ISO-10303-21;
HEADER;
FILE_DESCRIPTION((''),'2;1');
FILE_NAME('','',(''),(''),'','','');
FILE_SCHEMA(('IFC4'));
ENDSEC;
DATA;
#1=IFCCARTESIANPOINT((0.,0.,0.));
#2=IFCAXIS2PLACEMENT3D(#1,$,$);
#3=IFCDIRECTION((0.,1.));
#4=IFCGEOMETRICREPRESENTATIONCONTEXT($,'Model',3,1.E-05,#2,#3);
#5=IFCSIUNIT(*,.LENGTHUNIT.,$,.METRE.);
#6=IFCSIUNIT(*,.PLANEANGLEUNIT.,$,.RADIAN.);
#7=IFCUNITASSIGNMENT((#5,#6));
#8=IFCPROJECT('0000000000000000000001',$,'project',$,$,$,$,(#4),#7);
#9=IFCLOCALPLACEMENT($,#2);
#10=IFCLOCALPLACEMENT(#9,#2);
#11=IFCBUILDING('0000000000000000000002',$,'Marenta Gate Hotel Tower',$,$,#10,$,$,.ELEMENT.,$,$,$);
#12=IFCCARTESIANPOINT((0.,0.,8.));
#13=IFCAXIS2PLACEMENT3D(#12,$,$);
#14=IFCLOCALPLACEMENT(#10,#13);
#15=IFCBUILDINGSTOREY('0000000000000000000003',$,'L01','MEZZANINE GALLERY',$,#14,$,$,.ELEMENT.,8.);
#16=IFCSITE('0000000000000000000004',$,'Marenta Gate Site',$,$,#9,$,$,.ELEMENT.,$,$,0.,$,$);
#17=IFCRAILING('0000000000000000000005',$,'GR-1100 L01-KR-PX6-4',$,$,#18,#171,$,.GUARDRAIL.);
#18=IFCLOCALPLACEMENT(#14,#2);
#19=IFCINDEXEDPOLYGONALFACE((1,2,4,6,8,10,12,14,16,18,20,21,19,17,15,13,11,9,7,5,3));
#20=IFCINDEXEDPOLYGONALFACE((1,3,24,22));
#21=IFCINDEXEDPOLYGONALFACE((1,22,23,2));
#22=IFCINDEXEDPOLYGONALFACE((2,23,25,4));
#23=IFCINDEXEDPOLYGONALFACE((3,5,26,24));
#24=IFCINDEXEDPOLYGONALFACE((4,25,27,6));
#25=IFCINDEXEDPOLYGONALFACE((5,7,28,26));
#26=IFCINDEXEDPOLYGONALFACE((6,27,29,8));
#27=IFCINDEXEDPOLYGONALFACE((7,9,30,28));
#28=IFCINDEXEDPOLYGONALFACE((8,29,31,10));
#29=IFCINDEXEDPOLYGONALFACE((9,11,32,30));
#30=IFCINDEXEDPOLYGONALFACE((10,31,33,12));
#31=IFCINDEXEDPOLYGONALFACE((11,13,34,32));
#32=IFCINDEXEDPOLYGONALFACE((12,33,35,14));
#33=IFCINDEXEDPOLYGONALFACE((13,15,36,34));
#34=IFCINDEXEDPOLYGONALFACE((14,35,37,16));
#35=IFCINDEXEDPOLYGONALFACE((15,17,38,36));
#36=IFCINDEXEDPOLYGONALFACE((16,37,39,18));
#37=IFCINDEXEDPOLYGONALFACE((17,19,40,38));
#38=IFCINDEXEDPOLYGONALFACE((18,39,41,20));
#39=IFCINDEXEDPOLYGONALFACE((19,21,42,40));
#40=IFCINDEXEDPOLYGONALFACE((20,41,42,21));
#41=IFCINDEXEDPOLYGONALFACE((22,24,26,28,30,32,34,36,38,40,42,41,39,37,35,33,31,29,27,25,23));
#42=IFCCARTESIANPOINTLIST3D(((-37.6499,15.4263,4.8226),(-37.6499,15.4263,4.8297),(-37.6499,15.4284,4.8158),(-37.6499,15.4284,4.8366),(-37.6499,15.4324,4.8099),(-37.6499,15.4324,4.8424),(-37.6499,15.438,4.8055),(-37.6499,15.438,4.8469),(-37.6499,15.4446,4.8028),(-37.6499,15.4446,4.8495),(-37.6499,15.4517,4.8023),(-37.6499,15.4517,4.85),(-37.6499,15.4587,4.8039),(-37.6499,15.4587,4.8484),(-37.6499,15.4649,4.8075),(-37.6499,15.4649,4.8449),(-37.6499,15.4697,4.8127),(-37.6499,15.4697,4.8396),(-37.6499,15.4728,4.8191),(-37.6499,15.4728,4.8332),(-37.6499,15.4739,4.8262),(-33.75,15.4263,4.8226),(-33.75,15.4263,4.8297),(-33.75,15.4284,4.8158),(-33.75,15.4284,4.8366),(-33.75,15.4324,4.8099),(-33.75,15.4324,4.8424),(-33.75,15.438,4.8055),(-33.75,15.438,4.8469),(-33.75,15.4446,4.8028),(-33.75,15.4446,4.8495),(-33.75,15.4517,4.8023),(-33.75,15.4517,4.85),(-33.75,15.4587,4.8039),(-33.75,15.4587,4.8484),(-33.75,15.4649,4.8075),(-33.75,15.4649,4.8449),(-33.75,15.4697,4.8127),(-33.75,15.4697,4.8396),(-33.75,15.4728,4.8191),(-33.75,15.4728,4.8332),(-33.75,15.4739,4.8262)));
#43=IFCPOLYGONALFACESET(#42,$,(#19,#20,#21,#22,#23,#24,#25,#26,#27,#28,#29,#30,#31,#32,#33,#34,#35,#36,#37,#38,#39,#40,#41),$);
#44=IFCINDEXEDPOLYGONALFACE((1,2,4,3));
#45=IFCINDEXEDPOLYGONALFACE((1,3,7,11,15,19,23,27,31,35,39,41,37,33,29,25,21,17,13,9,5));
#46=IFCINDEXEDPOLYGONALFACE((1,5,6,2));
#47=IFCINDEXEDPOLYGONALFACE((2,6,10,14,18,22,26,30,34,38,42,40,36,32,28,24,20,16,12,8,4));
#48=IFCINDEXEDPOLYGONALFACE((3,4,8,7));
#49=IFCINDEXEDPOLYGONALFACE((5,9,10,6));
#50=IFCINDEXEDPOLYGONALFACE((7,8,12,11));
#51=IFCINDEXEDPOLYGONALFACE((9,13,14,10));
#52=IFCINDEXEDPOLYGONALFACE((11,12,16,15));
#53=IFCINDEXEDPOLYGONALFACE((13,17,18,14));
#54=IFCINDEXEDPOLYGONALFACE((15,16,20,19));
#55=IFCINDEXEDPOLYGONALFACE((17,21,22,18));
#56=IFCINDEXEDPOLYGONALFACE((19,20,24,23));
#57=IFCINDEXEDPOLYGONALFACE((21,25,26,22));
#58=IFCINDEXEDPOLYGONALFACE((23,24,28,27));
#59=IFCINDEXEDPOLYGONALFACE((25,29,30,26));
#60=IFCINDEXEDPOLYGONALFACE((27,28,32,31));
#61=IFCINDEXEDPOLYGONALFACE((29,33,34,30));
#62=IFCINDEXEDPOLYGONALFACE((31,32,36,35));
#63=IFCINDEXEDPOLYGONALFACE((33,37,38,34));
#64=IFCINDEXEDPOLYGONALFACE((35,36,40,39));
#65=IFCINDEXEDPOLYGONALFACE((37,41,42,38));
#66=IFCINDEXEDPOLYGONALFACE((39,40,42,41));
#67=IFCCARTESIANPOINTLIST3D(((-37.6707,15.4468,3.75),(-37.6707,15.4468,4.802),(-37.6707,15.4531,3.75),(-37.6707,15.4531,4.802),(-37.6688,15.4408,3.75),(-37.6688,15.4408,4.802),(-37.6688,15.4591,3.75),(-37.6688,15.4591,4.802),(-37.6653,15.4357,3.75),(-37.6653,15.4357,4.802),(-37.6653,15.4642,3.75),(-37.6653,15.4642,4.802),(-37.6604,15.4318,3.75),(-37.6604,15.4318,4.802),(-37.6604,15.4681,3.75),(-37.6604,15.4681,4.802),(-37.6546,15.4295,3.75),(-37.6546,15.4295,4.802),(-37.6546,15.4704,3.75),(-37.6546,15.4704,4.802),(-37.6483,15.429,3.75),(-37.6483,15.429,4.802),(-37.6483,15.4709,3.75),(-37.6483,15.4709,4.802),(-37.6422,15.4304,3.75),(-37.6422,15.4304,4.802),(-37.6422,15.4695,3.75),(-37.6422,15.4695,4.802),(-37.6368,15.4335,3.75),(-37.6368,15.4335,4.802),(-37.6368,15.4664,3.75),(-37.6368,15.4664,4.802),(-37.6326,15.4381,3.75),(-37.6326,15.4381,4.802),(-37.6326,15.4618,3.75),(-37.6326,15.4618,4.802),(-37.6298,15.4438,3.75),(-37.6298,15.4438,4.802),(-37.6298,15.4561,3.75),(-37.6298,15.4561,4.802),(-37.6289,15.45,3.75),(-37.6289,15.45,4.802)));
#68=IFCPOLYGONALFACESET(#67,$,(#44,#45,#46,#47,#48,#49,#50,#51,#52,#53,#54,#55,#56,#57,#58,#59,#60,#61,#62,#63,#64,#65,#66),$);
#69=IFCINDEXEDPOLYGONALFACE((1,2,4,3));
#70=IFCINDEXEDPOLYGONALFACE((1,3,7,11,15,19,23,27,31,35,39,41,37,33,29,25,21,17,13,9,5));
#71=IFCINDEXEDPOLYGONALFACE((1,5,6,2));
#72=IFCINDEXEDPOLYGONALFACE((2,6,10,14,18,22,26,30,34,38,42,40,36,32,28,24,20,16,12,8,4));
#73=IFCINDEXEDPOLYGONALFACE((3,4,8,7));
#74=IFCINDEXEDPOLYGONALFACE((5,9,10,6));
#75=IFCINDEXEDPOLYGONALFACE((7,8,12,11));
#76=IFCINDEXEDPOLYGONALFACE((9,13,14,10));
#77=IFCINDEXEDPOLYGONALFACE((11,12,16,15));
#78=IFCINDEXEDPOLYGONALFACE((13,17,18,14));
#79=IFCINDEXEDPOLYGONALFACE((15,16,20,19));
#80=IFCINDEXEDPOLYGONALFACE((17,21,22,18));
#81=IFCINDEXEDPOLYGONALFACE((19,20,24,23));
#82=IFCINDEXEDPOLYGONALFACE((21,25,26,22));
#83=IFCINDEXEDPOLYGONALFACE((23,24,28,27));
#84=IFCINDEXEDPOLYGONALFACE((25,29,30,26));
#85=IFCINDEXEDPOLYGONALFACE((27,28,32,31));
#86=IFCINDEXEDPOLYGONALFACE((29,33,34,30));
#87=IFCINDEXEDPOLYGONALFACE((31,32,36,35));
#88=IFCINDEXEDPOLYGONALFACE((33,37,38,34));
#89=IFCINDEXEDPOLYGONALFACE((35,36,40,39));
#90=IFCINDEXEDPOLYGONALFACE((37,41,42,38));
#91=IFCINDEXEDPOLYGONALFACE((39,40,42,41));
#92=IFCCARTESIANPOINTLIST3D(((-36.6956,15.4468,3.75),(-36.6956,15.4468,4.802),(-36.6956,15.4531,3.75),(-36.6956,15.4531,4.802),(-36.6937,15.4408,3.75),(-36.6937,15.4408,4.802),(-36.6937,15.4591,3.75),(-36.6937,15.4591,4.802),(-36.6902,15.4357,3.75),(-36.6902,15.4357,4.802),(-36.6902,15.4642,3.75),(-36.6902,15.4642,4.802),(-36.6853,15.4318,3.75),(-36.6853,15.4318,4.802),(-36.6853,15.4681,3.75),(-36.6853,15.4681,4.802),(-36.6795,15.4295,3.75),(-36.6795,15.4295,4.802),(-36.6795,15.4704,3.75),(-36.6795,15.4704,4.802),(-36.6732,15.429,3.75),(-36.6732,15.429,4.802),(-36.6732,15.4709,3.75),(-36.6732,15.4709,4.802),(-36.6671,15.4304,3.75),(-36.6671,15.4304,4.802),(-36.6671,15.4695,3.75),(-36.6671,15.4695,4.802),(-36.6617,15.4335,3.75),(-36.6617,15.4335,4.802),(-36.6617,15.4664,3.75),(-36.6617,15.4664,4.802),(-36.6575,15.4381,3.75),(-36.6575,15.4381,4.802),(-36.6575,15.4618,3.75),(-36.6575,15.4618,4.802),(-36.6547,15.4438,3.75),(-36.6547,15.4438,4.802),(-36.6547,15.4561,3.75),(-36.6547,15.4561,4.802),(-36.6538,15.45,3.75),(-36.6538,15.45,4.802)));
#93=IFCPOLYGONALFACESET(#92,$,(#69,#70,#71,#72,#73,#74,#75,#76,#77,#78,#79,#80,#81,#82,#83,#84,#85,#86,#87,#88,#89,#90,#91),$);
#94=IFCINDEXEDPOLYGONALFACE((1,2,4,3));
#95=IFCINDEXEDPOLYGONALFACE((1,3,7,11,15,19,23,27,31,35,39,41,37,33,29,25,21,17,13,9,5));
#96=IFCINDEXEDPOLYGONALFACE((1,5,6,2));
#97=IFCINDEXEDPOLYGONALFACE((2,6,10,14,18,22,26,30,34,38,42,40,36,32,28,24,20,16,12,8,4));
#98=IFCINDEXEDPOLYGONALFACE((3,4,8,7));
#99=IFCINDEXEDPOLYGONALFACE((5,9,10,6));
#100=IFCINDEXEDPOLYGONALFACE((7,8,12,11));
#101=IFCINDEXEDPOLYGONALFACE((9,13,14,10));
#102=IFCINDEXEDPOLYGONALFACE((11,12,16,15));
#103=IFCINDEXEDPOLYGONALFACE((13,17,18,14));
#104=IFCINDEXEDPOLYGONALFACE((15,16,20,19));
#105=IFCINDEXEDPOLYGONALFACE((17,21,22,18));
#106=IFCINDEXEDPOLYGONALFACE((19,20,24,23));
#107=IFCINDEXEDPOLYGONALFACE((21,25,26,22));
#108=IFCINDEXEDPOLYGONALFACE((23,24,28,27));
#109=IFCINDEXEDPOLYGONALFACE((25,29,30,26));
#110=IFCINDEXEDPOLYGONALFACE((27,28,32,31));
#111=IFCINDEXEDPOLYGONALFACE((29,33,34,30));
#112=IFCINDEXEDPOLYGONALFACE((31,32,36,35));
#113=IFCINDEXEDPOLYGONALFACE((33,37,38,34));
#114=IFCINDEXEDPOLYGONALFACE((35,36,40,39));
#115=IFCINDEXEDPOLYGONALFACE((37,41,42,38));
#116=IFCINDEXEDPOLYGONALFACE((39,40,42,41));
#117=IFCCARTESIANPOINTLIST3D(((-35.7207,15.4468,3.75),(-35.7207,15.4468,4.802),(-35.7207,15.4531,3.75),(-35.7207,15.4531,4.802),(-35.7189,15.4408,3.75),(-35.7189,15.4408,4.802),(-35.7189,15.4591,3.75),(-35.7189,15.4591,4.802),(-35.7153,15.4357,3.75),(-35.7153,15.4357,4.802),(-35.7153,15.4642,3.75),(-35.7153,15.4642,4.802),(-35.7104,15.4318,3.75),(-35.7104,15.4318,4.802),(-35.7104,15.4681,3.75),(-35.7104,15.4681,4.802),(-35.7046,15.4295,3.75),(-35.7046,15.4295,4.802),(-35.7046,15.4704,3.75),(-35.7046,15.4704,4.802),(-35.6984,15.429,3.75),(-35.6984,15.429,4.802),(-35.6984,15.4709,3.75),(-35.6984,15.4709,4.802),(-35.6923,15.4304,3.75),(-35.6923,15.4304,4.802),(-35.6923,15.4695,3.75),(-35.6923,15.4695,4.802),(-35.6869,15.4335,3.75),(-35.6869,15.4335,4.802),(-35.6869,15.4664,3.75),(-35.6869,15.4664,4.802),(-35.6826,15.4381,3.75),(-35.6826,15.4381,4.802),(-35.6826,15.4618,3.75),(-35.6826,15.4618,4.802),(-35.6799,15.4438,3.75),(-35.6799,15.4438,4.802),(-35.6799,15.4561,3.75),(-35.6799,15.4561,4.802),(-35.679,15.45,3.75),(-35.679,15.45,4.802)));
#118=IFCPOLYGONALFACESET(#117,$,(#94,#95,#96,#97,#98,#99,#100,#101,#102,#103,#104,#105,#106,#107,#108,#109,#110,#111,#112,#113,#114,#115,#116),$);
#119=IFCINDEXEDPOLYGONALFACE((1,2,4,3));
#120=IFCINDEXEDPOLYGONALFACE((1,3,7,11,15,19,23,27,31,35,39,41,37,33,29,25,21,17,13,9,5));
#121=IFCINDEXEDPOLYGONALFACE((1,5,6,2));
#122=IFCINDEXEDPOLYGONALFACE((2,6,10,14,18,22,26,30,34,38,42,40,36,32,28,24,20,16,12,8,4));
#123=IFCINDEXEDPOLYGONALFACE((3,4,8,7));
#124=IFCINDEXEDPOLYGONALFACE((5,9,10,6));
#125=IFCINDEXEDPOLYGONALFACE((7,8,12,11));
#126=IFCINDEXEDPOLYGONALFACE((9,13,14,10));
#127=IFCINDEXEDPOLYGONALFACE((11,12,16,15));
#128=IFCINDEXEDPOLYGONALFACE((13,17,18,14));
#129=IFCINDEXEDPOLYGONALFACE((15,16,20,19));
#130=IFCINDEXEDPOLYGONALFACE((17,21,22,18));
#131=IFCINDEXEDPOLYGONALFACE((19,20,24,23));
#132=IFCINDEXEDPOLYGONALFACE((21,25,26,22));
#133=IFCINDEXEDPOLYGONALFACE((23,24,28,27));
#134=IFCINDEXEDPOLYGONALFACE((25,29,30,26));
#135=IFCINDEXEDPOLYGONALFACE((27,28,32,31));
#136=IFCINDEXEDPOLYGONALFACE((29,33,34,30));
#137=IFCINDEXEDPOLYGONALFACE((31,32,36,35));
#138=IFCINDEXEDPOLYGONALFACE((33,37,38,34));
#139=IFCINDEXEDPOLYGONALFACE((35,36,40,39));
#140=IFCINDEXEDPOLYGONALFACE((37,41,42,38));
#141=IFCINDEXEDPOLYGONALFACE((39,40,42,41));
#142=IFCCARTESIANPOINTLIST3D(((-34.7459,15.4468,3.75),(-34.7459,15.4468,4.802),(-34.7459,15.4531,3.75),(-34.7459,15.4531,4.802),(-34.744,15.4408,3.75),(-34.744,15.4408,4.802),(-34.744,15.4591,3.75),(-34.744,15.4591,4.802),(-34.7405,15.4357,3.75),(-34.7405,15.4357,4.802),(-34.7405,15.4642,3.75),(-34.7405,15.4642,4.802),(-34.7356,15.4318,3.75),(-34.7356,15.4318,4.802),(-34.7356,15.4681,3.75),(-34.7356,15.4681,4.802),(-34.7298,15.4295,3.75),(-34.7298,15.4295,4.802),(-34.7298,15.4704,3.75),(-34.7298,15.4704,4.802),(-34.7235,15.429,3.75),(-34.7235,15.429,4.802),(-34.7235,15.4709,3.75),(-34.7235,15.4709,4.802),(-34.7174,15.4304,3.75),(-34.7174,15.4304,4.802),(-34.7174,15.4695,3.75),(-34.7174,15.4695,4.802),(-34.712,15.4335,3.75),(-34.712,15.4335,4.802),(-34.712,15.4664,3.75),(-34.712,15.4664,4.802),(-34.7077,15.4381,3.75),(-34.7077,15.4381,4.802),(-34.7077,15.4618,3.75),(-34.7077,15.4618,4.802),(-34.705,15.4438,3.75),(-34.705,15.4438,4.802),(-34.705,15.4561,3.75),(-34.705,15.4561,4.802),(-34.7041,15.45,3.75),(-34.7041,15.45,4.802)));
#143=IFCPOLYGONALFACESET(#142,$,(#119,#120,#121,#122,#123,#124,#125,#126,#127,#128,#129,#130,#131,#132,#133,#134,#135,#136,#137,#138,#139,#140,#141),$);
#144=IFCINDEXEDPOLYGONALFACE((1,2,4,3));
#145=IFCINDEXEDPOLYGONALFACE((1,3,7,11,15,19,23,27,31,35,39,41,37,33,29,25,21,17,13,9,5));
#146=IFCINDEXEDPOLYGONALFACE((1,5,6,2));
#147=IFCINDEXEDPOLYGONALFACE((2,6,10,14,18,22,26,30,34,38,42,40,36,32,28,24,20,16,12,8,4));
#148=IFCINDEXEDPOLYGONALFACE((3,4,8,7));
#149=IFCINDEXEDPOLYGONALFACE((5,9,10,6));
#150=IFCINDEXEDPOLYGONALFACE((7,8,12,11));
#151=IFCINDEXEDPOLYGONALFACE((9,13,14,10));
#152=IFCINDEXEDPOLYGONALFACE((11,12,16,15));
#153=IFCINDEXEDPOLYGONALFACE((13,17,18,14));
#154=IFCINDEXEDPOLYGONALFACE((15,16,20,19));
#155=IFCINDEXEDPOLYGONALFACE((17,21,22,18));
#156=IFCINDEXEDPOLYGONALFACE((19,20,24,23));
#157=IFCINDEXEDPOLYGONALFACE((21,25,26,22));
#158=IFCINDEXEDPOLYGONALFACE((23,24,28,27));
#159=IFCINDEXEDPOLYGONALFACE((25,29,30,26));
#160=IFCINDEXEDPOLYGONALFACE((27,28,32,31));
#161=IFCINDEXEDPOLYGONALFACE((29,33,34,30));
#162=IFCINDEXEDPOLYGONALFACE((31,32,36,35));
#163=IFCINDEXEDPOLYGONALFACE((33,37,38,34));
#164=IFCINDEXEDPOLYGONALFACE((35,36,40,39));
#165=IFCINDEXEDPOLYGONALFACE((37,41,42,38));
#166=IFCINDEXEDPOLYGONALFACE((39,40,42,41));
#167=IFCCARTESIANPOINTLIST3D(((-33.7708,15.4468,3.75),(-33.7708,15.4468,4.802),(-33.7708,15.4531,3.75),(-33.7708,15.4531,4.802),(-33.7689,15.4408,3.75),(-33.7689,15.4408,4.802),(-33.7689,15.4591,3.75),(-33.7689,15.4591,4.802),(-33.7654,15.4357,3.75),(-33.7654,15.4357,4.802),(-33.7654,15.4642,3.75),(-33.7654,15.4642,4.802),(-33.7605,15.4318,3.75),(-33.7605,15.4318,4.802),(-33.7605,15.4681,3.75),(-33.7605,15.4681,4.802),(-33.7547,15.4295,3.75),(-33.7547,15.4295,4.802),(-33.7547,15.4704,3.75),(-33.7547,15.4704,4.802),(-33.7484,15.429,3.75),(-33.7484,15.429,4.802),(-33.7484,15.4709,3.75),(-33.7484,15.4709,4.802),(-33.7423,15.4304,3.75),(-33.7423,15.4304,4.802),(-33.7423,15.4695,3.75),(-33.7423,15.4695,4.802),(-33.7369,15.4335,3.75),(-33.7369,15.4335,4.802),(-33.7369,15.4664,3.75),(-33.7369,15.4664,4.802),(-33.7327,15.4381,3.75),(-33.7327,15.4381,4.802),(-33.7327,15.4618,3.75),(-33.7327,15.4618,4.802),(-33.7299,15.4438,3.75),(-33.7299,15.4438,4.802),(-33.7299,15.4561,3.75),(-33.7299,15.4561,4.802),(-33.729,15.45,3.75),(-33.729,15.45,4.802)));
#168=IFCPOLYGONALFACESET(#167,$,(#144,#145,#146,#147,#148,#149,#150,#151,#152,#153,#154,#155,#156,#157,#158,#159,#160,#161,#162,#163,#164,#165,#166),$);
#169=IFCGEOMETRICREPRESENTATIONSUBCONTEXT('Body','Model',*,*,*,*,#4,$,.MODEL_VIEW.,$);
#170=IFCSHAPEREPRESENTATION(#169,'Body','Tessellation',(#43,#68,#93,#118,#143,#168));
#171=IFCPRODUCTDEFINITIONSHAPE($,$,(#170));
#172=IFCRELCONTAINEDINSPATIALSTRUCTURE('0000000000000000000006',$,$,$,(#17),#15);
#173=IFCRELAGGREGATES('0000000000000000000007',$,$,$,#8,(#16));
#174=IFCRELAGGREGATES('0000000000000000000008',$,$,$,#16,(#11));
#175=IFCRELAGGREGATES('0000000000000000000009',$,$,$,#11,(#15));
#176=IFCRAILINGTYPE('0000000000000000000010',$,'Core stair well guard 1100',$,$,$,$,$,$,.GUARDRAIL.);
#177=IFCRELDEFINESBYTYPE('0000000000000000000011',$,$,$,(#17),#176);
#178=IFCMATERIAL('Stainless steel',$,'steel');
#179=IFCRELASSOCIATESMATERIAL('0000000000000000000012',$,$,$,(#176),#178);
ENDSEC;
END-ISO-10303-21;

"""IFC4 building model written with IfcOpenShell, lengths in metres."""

from ifc_helpers import new_model, si_unit, direction, frame, origin, origin_2d, place, context, subcontext, project, spatial, circle, extrude, material, type_object, element, save


model = new_model("IFC4")

# Units and contexts
model_context = context("Model", 3, precision=1e-05, world=origin(), true_north=direction((0.0, 1.0)))
body_context = subcontext(model_context, "Body", "Model", "MODEL_VIEW")
ifc_project = project(units=[si_unit("LENGTHUNIT", "METRE"), si_unit("PLANEANGLEUNIT", "RADIAN")], contexts=[model_context])

# Site, building, storey
site_placement = place(None, origin())
site = spatial("IfcSite", under=ifc_project, at=site_placement, Name="Marenta Gate Site", CompositionType="ELEMENT", RefElevation=0.0)
building_placement = place(site_placement, origin())
building = spatial("IfcBuilding", under=site, at=building_placement, Name="Marenta Gate Hotel Tower", CompositionType="ELEMENT")
storey_placement = place(building_placement, frame((0.0, 0.0, 8.0)))
storey = spatial("IfcBuildingStorey", under=building, at=storey_placement, Name="L01", Description="MEZZANINE GALLERY", CompositionType="ELEMENT", Elevation=8.0)

# Railing
ifc_material_1 = material(Name="Stainless steel", Category="steel")
railing_type_1 = type_object("IfcRailingType", Name="Core stair well guard 1100", PredefinedType="GUARDRAIL", material=ifc_material_1)
for number, where, name in (
    (1, (-37.6499, 15.45, 3.75), "GR-1100 L01-KR-PX6-4"),
):
    element("IfcRailing", number, at=place(storey_placement, frame(where)), inside=storey, type_object=railing_type_1, Name=name, PredefinedType="GUARDRAIL", context=body_context, shape_type="SweptSolid", body=[
        extrude(circle(Radius=0.0239, at=origin_2d()), frame((0.0, 0.0, 1.0762), z_axis=(1.0, 0.0, 0.0), x_axis=(0.0, 1.0, 0.0)), (0.0, 0.0, 1.0), 3.8999),
        extrude(circle(Radius=0.021, at=origin_2d()), origin(), (0.0, 0.0, 1.0), 1.052),
        extrude(circle(Radius=0.021, at=origin_2d()), frame((0.9751, 0.0, 0.0)), (0.0, 0.0, 1.0), 1.052),
        extrude(circle(Radius=0.021, at=origin_2d()), frame((1.95, 0.0, 0.0)), (0.0, 0.0, 1.0), 1.052),
        extrude(circle(Radius=0.021, at=origin_2d()), frame((2.9248, 0.0, 0.0)), (0.0, 0.0, 1.0), 1.052),
        extrude(circle(Radius=0.021, at=origin_2d()), frame((3.8999, 0.0, 0.0)), (0.0, 0.0, 1.0), 1.052),
    ])

save(model, "model.ifc")
